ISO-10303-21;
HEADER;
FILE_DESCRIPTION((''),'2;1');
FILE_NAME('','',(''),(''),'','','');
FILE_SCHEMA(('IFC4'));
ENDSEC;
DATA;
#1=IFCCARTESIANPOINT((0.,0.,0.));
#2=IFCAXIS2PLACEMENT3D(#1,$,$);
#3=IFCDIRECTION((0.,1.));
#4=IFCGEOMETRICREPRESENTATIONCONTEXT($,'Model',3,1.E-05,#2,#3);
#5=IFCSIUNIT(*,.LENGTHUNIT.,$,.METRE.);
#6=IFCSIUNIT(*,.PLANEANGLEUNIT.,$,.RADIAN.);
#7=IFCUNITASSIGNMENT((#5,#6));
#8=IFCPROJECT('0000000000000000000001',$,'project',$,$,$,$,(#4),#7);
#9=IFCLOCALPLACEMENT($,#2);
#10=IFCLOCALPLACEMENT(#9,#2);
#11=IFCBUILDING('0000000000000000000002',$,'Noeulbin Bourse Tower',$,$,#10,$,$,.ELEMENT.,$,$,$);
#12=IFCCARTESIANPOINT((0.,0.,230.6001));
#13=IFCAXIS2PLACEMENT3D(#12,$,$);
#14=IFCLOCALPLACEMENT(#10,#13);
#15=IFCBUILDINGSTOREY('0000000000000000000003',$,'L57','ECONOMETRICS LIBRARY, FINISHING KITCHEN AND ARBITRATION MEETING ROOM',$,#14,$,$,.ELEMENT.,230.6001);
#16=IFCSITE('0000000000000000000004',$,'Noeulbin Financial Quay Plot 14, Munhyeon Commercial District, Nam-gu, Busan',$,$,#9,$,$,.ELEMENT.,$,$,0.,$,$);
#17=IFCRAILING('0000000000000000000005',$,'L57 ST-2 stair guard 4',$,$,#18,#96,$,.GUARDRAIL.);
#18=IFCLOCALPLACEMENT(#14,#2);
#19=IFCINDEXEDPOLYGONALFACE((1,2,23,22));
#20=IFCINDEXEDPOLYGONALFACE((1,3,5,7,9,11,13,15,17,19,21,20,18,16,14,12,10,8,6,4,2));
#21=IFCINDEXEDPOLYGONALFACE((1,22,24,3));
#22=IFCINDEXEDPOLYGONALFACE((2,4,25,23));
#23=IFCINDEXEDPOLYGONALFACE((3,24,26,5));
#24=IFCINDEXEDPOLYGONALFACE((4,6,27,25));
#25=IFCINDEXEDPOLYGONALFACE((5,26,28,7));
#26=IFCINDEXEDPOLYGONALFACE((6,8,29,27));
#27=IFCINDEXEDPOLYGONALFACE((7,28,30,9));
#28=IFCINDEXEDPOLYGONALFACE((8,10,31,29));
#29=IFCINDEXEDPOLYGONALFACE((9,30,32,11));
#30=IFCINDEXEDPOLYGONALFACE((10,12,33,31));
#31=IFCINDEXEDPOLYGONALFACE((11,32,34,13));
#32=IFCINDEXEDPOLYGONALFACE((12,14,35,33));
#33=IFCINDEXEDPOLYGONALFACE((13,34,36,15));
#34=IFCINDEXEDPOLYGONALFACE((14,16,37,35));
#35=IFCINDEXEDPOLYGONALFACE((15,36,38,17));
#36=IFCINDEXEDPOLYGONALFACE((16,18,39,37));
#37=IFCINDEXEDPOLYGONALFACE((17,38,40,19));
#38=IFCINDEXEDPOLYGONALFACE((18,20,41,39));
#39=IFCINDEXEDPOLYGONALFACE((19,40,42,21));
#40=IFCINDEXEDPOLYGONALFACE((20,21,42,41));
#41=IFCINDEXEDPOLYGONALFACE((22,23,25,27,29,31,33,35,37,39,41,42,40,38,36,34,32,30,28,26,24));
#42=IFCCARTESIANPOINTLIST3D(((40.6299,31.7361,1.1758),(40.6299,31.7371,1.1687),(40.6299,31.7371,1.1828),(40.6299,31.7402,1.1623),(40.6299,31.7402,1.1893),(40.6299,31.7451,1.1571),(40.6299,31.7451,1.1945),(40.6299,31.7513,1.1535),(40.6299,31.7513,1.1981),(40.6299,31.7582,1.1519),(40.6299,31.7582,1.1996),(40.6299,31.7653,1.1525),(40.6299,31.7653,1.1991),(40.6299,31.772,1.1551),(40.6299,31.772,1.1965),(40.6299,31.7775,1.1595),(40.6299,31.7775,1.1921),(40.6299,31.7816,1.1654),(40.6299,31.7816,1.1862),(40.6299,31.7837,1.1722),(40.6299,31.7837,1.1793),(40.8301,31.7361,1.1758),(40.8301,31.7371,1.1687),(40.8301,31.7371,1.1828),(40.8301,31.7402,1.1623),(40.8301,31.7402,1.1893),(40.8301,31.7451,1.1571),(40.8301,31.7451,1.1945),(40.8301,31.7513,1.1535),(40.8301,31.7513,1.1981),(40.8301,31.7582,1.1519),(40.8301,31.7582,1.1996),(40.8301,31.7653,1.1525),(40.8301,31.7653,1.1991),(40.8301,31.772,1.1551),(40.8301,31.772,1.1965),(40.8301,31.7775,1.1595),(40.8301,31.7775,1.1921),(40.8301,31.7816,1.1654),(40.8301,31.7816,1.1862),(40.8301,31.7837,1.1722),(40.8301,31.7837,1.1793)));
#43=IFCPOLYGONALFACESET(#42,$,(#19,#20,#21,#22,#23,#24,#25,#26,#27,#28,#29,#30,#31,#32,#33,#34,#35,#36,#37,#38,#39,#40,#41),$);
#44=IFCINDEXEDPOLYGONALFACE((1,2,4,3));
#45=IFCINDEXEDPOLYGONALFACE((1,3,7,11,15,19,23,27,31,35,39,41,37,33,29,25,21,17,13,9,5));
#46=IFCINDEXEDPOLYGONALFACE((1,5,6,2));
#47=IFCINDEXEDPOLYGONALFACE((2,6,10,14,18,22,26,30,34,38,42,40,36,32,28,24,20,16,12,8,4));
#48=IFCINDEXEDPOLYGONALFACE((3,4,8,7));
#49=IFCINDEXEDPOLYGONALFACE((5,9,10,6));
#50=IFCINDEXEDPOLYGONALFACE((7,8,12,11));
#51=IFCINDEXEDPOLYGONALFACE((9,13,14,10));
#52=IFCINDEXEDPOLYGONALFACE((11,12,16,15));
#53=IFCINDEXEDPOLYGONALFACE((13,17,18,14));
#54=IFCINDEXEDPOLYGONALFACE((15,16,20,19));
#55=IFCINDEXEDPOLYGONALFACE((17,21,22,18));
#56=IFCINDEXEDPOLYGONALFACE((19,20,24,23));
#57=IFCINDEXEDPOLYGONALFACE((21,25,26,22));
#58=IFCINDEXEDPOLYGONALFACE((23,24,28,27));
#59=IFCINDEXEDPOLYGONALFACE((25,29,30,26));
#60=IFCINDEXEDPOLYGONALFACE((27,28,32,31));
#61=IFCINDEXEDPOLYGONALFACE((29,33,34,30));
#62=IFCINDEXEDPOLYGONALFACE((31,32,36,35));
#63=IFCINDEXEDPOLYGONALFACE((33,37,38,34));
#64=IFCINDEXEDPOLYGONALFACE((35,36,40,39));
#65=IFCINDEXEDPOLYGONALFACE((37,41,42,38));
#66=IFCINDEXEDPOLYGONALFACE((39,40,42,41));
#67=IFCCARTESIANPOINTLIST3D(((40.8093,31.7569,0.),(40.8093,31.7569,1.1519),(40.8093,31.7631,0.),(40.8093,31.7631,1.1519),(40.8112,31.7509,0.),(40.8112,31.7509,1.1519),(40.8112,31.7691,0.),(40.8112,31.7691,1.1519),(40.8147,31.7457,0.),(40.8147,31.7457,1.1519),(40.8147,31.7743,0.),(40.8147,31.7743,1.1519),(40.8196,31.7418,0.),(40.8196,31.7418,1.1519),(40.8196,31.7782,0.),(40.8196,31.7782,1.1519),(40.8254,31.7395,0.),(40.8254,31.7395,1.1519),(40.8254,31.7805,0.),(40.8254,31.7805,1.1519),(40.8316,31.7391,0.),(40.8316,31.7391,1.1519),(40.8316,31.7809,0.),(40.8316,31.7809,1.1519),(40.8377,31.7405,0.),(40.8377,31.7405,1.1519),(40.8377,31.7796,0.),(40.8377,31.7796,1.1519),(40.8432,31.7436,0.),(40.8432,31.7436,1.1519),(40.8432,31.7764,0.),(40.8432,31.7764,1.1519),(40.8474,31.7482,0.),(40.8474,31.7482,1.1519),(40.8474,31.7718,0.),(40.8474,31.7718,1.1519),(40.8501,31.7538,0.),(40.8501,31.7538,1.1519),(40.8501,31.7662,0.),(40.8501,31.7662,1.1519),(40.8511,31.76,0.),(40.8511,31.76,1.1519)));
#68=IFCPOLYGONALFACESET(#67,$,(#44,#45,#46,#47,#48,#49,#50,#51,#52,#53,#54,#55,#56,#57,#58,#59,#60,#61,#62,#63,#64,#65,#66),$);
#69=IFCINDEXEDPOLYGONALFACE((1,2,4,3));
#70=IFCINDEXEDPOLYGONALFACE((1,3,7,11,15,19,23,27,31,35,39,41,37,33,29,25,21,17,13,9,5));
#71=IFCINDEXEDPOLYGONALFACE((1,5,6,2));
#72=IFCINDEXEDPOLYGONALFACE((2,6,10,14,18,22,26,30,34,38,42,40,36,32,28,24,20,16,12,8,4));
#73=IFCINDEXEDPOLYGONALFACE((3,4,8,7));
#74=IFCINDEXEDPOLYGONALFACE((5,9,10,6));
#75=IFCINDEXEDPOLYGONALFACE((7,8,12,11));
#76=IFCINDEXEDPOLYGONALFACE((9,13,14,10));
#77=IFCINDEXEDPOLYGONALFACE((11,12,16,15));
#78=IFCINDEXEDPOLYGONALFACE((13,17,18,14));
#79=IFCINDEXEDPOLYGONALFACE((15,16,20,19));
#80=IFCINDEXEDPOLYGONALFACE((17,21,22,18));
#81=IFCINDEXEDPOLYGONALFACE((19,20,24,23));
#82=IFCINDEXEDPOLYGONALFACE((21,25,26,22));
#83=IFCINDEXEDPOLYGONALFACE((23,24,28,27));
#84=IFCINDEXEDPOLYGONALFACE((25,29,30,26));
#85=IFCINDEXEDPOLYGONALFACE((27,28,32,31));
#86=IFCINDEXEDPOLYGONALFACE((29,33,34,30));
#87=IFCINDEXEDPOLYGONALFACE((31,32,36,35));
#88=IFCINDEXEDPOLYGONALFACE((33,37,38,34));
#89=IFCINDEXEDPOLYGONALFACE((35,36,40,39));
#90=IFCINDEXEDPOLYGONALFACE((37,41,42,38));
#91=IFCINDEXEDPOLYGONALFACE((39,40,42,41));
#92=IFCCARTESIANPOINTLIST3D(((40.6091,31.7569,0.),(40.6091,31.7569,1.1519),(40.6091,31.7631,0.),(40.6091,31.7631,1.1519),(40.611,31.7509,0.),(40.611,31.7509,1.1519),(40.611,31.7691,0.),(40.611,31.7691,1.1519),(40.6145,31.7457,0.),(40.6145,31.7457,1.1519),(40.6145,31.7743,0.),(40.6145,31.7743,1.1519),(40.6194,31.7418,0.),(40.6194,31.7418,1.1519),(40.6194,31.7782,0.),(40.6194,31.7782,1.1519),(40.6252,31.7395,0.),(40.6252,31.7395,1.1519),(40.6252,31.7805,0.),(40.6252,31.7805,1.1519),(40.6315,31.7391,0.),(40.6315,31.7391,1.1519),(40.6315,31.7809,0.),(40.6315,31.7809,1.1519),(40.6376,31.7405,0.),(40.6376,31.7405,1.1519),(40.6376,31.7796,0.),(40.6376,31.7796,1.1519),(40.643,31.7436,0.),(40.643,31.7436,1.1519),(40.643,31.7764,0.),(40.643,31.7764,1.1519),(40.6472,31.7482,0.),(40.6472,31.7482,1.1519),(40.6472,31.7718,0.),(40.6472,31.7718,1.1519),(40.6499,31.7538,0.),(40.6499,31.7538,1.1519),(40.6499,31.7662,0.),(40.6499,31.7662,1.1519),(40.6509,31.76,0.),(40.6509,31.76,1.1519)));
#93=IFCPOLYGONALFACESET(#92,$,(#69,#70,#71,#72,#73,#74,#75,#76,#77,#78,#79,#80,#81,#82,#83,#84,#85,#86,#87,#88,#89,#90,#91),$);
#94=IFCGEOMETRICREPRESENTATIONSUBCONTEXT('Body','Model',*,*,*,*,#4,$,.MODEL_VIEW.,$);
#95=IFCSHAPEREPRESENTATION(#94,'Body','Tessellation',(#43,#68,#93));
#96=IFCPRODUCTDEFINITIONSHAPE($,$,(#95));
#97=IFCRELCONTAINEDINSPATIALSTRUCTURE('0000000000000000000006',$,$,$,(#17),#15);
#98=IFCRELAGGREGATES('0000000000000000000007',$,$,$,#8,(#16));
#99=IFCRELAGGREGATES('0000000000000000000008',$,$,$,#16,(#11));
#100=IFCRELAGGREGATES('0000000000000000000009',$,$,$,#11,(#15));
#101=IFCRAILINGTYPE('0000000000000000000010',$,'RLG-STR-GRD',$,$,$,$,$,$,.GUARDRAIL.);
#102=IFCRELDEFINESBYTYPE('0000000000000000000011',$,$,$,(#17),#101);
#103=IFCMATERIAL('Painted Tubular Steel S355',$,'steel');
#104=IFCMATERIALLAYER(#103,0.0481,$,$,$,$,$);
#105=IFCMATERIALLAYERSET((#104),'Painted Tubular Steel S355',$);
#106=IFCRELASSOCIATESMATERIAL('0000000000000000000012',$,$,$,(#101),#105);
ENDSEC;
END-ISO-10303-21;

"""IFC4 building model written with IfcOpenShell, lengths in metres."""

from ifc_helpers import new_model, si_unit, direction, frame, origin, origin_2d, place, context, subcontext, project, spatial, circle, extrude, material, layer, layer_set, type_object, element, save


model = new_model("IFC4")

# Units and contexts
model_context = context("Model", 3, precision=1e-05, world=origin(), true_north=direction((0.0, 1.0)))
body_context = subcontext(model_context, "Body", "Model", "MODEL_VIEW")
ifc_project = project(units=[si_unit("LENGTHUNIT", "METRE"), si_unit("PLANEANGLEUNIT", "RADIAN")], contexts=[model_context])

# Site, building, storey
site_placement = place(None, origin())
site = spatial("IfcSite", under=ifc_project, at=site_placement, Name="Noeulbin Financial Quay Plot 14, Munhyeon Commercial District, Nam-gu, Busan", CompositionType="ELEMENT", RefElevation=0.0)
building_placement = place(site_placement, origin())
building = spatial("IfcBuilding", under=site, at=building_placement, Name="Noeulbin Bourse Tower", CompositionType="ELEMENT")
storey_placement = place(building_placement, frame((0.0, 0.0, 230.6001)))
storey = spatial("IfcBuildingStorey", under=building, at=storey_placement, Name="L57", Description="ECONOMETRICS LIBRARY, FINISHING KITCHEN AND ARBITRATION MEETING ROOM", CompositionType="ELEMENT", Elevation=230.6001)

# Railing
ifc_material_1 = material(Name="Painted Tubular Steel S355", Category="steel")
ifc_layer_1 = layer(ifc_material_1, 0.0481)
ifc_layer_set_1 = layer_set([ifc_layer_1], Name="Painted Tubular Steel S355")
railing_type_1 = type_object("IfcRailingType", Name="RLG-STR-GRD", PredefinedType="GUARDRAIL", material=ifc_layer_set_1)
railing_1_placement = place(storey_placement, frame((40.8301, 31.76, 0.0)))
element("IfcRailing", 1, at=railing_1_placement, inside=storey, type_object=railing_type_1, Name="L57 ST-2 stair guard 4", PredefinedType="GUARDRAIL", context=body_context, shape_type="SweptSolid", body=[
    extrude(circle(Radius=0.0239, at=origin_2d()), frame((0.0, 0.0, 1.1758), z_axis=(-1.0, 0.0, 0.0), x_axis=(0.0, -1.0, 0.0)), (0.0, 0.0, 1.0), 0.2002),
    extrude(circle(Radius=0.021, at=origin_2d()), origin(), (0.0, 0.0, 1.0), 1.1519),
    extrude(circle(Radius=0.021, at=origin_2d()), frame((-0.2002, 0.0, 0.0)), (0.0, 0.0, 1.0), 1.1519),
])

save(model, "model.ifc")
